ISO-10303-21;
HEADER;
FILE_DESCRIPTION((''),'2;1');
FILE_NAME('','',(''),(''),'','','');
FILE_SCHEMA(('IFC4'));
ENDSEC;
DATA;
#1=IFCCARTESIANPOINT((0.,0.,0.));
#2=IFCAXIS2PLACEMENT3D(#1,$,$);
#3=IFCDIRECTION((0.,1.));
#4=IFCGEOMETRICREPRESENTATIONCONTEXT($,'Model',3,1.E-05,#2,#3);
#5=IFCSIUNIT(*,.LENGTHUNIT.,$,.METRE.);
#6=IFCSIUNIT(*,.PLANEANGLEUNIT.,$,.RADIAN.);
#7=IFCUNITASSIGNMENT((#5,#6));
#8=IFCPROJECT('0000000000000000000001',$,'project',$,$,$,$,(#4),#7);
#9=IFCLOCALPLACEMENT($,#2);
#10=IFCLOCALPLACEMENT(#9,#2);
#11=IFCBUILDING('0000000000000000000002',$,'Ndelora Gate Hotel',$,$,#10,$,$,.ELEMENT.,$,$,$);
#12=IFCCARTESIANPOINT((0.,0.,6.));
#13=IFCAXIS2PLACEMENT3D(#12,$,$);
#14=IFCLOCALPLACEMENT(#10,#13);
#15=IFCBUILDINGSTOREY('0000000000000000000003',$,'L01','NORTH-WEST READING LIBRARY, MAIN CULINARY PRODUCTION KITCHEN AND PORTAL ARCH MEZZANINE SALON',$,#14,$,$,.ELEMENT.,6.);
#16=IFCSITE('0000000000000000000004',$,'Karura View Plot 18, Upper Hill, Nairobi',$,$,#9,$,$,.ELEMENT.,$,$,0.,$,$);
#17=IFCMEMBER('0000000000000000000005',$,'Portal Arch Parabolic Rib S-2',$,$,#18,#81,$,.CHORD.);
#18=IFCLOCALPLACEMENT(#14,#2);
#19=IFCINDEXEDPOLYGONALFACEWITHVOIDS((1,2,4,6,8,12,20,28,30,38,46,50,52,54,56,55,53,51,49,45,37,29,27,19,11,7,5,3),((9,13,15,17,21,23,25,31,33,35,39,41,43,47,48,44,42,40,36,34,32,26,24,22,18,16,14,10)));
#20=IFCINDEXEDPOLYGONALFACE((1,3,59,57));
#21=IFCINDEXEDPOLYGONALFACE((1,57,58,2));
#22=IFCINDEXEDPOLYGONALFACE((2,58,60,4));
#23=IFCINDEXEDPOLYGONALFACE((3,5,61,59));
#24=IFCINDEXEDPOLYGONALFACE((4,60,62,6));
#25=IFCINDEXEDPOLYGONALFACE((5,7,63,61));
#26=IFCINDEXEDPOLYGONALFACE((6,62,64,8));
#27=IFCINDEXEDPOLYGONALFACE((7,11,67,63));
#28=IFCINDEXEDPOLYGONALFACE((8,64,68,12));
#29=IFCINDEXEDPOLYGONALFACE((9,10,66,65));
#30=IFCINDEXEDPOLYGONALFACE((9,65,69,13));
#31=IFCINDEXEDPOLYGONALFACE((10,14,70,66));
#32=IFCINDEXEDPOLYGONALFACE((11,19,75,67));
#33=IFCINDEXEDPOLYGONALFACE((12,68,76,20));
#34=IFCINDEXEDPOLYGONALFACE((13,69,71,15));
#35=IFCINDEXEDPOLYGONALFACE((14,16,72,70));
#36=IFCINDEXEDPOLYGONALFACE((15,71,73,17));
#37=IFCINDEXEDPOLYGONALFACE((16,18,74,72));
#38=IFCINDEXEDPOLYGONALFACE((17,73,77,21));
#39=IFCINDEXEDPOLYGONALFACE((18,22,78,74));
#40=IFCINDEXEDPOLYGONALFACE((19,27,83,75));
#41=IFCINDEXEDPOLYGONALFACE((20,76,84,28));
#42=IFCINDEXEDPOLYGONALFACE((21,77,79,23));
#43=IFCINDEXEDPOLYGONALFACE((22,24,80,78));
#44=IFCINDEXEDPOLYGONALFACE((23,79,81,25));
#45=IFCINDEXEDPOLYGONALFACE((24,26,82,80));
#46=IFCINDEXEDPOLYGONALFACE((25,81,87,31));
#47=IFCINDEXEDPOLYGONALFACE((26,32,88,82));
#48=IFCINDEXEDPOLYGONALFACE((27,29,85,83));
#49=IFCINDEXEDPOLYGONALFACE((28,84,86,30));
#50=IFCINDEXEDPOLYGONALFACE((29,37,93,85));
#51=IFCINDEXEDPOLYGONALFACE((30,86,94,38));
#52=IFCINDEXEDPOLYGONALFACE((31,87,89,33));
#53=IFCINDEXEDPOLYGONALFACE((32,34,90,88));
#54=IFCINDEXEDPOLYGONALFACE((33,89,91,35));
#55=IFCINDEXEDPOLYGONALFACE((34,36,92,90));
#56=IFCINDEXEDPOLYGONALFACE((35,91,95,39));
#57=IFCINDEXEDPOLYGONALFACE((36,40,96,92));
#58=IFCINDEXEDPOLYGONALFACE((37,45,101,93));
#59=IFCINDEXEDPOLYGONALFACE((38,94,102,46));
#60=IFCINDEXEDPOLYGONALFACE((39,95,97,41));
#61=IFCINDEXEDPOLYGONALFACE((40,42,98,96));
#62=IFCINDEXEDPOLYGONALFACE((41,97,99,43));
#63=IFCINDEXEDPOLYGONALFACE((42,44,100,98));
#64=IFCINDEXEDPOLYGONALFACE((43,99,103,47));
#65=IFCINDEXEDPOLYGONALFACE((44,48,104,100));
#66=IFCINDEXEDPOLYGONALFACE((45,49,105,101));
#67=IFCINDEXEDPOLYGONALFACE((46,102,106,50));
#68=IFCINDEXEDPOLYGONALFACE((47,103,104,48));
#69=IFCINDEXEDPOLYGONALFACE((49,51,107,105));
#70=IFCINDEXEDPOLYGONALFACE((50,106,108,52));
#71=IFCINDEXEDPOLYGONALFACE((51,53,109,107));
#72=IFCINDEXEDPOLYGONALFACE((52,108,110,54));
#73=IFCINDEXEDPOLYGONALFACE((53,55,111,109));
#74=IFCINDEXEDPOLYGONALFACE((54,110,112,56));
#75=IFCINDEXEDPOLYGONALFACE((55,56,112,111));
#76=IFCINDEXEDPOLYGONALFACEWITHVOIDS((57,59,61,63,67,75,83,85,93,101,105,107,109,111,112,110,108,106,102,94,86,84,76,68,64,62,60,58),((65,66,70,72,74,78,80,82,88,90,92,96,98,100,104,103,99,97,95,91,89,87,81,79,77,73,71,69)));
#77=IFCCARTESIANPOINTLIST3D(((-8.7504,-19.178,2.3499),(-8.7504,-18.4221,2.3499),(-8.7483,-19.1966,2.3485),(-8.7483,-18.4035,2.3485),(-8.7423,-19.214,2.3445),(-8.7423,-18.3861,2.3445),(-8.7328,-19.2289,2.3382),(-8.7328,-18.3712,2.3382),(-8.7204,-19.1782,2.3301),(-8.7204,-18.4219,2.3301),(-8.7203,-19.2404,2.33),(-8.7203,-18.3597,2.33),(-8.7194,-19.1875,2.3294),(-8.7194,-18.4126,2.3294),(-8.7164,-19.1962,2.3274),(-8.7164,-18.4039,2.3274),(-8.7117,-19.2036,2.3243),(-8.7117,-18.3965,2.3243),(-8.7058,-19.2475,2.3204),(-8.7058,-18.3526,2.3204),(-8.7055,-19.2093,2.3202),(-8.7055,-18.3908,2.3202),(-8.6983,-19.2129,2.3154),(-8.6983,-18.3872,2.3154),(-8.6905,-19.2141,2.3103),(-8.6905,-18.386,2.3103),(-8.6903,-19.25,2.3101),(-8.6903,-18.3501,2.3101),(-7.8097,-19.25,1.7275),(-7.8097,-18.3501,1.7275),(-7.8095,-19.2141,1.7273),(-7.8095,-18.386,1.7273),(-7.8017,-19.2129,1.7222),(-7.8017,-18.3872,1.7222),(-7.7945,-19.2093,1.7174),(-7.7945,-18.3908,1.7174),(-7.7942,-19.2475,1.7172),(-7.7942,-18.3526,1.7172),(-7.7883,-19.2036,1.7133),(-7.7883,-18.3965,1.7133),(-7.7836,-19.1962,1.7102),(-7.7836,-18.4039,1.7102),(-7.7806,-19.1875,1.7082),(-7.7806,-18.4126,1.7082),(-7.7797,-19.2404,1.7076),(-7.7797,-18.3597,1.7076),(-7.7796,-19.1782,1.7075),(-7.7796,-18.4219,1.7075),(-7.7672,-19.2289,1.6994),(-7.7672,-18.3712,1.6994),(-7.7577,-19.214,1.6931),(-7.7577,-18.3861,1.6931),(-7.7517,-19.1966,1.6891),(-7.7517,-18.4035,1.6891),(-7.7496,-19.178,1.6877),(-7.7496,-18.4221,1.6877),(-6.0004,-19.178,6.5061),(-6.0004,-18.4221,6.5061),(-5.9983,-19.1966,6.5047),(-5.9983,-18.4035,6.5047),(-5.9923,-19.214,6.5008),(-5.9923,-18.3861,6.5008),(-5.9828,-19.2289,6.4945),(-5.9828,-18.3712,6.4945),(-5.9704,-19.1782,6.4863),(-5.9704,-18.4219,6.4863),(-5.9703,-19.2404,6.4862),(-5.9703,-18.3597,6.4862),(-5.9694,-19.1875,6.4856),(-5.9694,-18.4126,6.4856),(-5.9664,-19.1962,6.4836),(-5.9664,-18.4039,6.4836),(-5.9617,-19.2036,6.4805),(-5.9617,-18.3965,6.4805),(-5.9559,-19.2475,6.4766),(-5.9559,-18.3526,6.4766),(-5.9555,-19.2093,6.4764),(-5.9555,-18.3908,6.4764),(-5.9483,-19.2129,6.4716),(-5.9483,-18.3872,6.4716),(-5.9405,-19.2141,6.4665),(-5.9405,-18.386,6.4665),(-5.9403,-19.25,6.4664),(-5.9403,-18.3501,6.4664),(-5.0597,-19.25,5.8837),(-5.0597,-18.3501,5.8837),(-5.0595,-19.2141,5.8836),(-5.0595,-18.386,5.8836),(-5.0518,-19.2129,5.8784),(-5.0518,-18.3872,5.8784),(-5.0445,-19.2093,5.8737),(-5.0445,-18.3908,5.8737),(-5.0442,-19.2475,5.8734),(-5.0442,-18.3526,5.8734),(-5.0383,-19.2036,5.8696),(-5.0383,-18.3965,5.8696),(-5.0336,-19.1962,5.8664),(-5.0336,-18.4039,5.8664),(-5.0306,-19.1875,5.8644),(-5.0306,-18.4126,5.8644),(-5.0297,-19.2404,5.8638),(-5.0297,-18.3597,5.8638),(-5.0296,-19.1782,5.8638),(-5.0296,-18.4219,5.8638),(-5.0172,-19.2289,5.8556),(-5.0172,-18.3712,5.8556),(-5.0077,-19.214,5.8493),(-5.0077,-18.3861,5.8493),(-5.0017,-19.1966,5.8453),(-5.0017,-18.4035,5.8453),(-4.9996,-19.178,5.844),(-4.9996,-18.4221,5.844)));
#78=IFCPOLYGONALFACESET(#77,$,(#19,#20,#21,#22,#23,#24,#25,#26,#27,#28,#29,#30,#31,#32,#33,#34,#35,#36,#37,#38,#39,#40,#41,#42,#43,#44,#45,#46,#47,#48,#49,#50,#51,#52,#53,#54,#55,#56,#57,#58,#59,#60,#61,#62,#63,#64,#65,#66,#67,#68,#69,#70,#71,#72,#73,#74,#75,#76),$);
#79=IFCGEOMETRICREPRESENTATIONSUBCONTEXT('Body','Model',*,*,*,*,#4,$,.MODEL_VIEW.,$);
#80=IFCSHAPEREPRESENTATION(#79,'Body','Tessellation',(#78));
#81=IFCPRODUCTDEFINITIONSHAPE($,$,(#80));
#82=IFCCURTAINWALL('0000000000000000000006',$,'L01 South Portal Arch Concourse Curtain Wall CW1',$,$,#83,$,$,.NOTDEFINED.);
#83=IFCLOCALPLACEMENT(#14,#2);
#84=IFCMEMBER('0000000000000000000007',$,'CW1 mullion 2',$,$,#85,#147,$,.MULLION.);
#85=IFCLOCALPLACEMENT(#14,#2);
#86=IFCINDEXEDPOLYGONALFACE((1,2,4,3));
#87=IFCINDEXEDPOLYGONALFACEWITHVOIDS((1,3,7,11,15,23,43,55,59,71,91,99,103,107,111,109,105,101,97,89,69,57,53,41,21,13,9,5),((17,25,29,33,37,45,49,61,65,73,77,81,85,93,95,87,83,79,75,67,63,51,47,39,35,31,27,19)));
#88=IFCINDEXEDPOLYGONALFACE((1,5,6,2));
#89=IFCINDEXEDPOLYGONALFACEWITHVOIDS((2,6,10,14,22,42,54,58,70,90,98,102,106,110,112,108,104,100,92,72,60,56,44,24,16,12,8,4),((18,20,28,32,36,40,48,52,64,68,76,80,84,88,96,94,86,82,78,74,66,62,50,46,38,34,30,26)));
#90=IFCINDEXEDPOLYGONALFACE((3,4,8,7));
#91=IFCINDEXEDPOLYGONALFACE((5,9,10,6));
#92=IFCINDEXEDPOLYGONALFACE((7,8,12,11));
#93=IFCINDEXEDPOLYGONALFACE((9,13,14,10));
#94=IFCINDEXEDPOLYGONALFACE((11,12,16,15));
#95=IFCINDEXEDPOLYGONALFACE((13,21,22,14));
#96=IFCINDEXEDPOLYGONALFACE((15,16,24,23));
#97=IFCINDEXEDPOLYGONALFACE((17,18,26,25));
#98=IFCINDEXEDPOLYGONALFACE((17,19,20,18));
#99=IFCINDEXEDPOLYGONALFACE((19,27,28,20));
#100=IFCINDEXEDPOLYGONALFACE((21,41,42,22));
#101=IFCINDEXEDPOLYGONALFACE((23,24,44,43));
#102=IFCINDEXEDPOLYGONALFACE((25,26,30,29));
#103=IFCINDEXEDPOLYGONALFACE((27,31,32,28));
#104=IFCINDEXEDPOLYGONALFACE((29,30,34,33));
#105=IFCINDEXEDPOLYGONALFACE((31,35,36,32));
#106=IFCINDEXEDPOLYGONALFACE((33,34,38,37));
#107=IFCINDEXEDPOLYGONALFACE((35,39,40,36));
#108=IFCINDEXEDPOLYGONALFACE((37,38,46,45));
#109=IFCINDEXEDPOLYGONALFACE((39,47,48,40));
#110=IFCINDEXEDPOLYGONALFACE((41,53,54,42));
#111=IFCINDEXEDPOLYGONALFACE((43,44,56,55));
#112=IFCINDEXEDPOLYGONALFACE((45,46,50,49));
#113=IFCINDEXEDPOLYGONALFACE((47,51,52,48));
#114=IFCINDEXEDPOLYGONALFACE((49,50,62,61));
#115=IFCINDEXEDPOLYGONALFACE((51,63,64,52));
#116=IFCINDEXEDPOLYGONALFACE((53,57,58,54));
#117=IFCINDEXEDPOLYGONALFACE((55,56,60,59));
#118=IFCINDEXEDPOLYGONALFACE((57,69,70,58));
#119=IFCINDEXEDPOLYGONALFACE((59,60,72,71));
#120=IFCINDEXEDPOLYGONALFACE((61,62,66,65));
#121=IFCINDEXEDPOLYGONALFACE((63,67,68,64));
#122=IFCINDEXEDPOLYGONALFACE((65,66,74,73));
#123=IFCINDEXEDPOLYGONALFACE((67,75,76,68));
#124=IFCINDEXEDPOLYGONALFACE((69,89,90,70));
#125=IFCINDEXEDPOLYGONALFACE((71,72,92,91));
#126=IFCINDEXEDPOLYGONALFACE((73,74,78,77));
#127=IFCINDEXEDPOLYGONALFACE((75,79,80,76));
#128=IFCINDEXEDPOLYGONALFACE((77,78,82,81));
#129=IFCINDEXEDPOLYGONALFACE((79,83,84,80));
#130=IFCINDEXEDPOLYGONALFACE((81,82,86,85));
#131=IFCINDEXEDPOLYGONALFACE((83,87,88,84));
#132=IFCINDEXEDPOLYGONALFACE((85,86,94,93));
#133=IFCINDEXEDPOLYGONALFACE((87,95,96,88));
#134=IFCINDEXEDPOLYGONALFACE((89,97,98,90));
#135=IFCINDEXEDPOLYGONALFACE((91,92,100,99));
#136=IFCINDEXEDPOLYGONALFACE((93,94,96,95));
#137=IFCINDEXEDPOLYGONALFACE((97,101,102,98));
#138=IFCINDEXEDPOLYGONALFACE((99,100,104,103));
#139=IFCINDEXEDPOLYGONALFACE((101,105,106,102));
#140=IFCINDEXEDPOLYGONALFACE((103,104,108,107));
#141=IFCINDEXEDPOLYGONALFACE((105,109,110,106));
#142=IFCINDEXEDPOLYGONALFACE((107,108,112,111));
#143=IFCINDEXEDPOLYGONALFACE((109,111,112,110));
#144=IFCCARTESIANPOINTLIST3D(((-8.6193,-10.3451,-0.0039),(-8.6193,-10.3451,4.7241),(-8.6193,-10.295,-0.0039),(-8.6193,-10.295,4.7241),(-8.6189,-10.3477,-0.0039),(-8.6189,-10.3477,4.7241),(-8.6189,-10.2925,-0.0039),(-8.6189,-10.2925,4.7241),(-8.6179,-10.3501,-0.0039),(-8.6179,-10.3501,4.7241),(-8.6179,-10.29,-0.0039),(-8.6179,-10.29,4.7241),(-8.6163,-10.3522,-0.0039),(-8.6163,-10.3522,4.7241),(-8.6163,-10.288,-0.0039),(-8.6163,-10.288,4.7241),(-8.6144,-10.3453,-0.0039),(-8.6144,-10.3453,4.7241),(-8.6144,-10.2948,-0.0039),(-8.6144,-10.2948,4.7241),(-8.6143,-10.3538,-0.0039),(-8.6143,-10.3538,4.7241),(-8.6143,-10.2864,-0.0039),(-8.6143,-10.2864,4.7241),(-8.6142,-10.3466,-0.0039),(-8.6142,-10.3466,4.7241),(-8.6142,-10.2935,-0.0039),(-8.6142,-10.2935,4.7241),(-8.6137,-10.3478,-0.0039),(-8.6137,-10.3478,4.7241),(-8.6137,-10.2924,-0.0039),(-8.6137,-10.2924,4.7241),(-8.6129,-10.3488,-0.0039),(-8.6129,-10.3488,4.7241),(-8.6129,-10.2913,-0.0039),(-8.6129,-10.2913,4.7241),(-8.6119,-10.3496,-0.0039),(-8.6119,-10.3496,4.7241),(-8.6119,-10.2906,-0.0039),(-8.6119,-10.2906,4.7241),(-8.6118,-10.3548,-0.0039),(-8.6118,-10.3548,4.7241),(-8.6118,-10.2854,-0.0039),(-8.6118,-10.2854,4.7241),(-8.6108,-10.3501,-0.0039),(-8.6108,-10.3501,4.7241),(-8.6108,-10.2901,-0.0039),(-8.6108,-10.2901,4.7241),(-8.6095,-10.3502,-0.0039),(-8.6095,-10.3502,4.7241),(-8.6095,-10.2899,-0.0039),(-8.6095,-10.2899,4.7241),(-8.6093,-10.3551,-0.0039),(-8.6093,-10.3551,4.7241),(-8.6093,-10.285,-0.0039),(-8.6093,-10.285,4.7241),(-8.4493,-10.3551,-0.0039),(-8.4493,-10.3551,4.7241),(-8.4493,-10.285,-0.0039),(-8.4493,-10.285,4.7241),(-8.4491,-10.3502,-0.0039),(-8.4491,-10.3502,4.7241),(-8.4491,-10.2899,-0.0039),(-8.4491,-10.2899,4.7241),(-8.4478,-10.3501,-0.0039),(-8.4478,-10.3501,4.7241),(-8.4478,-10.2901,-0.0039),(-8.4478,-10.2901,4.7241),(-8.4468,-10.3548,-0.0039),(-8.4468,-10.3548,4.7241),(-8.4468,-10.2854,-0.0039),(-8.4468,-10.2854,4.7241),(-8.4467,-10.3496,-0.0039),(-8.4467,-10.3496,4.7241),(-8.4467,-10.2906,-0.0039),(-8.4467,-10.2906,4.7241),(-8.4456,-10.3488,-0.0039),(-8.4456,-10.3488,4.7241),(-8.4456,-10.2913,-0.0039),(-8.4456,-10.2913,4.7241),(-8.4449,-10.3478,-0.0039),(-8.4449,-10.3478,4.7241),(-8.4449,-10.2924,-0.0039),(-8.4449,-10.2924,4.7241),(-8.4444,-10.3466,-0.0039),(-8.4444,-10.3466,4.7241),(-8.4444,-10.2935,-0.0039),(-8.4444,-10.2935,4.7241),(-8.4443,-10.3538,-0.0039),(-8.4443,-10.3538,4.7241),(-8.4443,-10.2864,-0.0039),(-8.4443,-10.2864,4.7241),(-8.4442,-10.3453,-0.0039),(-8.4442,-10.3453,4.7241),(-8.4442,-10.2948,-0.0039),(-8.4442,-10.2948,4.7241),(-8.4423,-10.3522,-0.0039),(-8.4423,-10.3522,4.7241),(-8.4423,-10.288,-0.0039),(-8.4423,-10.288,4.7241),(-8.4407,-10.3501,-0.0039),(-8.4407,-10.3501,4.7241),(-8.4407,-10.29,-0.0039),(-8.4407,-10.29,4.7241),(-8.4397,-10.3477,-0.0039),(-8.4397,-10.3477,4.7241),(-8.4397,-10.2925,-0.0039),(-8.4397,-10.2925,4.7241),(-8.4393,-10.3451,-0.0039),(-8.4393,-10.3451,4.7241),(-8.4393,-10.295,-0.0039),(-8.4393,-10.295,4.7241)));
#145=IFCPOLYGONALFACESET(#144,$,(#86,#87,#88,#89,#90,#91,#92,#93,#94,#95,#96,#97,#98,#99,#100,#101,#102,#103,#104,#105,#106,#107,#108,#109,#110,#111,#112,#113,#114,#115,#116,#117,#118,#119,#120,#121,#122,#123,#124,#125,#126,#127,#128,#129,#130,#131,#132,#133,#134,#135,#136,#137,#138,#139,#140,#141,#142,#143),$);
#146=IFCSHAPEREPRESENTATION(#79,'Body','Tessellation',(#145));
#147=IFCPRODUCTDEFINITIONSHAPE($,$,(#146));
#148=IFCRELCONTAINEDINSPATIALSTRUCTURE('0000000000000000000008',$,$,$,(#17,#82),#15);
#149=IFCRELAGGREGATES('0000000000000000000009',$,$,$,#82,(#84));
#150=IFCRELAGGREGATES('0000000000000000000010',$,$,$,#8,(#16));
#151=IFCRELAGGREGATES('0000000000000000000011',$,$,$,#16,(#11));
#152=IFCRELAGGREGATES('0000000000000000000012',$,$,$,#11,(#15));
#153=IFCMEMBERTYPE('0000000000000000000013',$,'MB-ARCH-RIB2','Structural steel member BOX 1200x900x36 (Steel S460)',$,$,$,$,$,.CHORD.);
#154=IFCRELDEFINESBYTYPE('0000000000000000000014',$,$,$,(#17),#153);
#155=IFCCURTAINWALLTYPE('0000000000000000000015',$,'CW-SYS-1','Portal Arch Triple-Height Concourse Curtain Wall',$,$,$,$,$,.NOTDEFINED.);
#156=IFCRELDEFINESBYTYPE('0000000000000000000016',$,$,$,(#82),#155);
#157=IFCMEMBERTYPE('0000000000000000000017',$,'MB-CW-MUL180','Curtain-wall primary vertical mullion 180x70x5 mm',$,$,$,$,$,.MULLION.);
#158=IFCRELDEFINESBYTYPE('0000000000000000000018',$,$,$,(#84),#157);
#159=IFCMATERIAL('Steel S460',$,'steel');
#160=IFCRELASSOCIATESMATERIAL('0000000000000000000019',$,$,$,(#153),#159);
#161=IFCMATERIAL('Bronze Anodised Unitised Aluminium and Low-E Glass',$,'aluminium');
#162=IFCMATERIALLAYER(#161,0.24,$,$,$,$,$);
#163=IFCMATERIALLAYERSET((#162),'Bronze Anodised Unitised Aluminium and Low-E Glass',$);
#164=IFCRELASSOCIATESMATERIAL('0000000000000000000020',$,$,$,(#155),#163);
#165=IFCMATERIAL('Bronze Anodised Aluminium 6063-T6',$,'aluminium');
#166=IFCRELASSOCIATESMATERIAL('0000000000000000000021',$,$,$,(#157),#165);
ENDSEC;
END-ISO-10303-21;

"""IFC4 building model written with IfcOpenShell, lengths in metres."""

from ifc_helpers import new_model, si_unit, direction, frame, origin, origin_2d, place, context, subcontext, project, spatial, hollow_rectangle, extrude, material, layer, layer_set, material_profile, profile_set, type_object, element, aggregate, save


model = new_model("IFC4")

# Units and contexts
model_context = context("Model", 3, precision=1e-05, world=origin(), true_north=direction((0.0, 1.0)))
body_context = subcontext(model_context, "Body", "Model", "MODEL_VIEW")
ifc_project = project(units=[si_unit("LENGTHUNIT", "METRE"), si_unit("PLANEANGLEUNIT", "RADIAN")], contexts=[model_context])

# Site, building, storey
site_placement = place(None, origin())
site = spatial("IfcSite", under=ifc_project, at=site_placement, Name="Karura View Plot 18, Upper Hill, Nairobi", CompositionType="ELEMENT", RefElevation=0.0)
building_placement = place(site_placement, origin())
building = spatial("IfcBuilding", under=site, at=building_placement, Name="Ndelora Gate Hotel", CompositionType="ELEMENT")
storey_placement = place(building_placement, frame((0.0, 0.0, 6.0)))
storey = spatial("IfcBuildingStorey", under=building, at=storey_placement, Name="L01", Description="NORTH-WEST READING LIBRARY, MAIN CULINARY PRODUCTION KITCHEN AND PORTAL ARCH MEZZANINE SALON", CompositionType="ELEMENT", Elevation=6.0)

# Member
ifc_material_1 = material(Name="Steel S460", Category="steel")
ifc_material_profile_1 = material_profile(ifc_material_1, hollow_rectangle(XDim=0.8999, YDim=1.2, WallThickness=0.0359, InnerFilletRadius=0.0359, OuterFilletRadius=0.072, at=origin_2d()), Name="BOX 1200x900x36")
ifc_profile_set_1 = profile_set([ifc_material_profile_1], Name="Steel S460")
member_type_1 = type_object("IfcMemberType", Name="MB-ARCH-RIB2", Description="Structural steel member BOX 1200x900x36 (Steel S460)", PredefinedType="CHORD", material=ifc_profile_set_1)
member_1_placement = place(storey_placement, frame((-8.25, -18.8, 2.0188), z_axis=(0.551803, 0.0, 0.833975), x_axis=(0.0, 1.0, 0.0)))
element("IfcMember", 1, at=member_1_placement, inside=storey, type_object=member_type_1, Name="Portal Arch Parabolic Rib S-2", PredefinedType="CHORD", context=body_context, shape_type="SweptSolid", body=[
    extrude(hollow_rectangle(XDim=0.8999, YDim=1.2, WallThickness=0.0359, InnerFilletRadius=0.0359, OuterFilletRadius=0.072, at=origin_2d()), origin(), (0.0, 0.0, 1.0), 4.9836),
])

# Curtain wall, member
ifc_material_2 = material(Name="Bronze Anodised Unitised Aluminium and Low-E Glass", Category="aluminium")
ifc_layer_1 = layer(ifc_material_2, 0.24)
ifc_layer_set_1 = layer_set([ifc_layer_1], Name="Bronze Anodised Unitised Aluminium and Low-E Glass")
curtain_wall_type = type_object("IfcCurtainWallType", Name="CW-SYS-1", Description="Portal Arch Triple-Height Concourse Curtain Wall", PredefinedType="NOTDEFINED", material=ifc_layer_set_1)
curtain_wall_placement = place(storey_placement, origin())
curtain_wall = element("IfcCurtainWall", 2, at=curtain_wall_placement, inside=storey, type_object=curtain_wall_type, Name="L01 South Portal Arch Concourse Curtain Wall CW1", PredefinedType="NOTDEFINED")
ifc_material_3 = material(Name="Bronze Anodised Aluminium 6063-T6", Category="aluminium")
ifc_material_profile_2 = material_profile(ifc_material_3, hollow_rectangle(XDim=0.0701, YDim=0.1799, WallThickness=0.0049, InnerFilletRadius=0.0049, OuterFilletRadius=0.01, at=origin_2d()), Name="ALU 180x70x5")
ifc_profile_set_2 = profile_set([ifc_material_profile_2], Name="Bronze Anodised Aluminium 6063-T6")
member_type_2 = type_object("IfcMemberType", Name="MB-CW-MUL180", Description="Curtain-wall primary vertical mullion 180x70x5 mm", PredefinedType="MULLION", material=ifc_profile_set_2)
member_2_placement = place(storey_placement, frame((-8.5293, -10.3201, -0.0039), z_axis=(0.0, 0.0, 1.0), x_axis=(0.0, 1.0, 0.0)))
member_2 = element("IfcMember", 3, at=member_2_placement, type_object=member_type_2, Name="CW1 mullion 2", PredefinedType="MULLION", context=body_context, shape_type="SweptSolid", body=[
    extrude(hollow_rectangle(XDim=0.0701, YDim=0.1799, WallThickness=0.0049, InnerFilletRadius=0.0049, OuterFilletRadius=0.01, at=origin_2d()), origin(), (0.0, 0.0, 1.0), 4.728),
])
aggregate(curtain_wall, [member_2])

save(model, "model.ifc")
